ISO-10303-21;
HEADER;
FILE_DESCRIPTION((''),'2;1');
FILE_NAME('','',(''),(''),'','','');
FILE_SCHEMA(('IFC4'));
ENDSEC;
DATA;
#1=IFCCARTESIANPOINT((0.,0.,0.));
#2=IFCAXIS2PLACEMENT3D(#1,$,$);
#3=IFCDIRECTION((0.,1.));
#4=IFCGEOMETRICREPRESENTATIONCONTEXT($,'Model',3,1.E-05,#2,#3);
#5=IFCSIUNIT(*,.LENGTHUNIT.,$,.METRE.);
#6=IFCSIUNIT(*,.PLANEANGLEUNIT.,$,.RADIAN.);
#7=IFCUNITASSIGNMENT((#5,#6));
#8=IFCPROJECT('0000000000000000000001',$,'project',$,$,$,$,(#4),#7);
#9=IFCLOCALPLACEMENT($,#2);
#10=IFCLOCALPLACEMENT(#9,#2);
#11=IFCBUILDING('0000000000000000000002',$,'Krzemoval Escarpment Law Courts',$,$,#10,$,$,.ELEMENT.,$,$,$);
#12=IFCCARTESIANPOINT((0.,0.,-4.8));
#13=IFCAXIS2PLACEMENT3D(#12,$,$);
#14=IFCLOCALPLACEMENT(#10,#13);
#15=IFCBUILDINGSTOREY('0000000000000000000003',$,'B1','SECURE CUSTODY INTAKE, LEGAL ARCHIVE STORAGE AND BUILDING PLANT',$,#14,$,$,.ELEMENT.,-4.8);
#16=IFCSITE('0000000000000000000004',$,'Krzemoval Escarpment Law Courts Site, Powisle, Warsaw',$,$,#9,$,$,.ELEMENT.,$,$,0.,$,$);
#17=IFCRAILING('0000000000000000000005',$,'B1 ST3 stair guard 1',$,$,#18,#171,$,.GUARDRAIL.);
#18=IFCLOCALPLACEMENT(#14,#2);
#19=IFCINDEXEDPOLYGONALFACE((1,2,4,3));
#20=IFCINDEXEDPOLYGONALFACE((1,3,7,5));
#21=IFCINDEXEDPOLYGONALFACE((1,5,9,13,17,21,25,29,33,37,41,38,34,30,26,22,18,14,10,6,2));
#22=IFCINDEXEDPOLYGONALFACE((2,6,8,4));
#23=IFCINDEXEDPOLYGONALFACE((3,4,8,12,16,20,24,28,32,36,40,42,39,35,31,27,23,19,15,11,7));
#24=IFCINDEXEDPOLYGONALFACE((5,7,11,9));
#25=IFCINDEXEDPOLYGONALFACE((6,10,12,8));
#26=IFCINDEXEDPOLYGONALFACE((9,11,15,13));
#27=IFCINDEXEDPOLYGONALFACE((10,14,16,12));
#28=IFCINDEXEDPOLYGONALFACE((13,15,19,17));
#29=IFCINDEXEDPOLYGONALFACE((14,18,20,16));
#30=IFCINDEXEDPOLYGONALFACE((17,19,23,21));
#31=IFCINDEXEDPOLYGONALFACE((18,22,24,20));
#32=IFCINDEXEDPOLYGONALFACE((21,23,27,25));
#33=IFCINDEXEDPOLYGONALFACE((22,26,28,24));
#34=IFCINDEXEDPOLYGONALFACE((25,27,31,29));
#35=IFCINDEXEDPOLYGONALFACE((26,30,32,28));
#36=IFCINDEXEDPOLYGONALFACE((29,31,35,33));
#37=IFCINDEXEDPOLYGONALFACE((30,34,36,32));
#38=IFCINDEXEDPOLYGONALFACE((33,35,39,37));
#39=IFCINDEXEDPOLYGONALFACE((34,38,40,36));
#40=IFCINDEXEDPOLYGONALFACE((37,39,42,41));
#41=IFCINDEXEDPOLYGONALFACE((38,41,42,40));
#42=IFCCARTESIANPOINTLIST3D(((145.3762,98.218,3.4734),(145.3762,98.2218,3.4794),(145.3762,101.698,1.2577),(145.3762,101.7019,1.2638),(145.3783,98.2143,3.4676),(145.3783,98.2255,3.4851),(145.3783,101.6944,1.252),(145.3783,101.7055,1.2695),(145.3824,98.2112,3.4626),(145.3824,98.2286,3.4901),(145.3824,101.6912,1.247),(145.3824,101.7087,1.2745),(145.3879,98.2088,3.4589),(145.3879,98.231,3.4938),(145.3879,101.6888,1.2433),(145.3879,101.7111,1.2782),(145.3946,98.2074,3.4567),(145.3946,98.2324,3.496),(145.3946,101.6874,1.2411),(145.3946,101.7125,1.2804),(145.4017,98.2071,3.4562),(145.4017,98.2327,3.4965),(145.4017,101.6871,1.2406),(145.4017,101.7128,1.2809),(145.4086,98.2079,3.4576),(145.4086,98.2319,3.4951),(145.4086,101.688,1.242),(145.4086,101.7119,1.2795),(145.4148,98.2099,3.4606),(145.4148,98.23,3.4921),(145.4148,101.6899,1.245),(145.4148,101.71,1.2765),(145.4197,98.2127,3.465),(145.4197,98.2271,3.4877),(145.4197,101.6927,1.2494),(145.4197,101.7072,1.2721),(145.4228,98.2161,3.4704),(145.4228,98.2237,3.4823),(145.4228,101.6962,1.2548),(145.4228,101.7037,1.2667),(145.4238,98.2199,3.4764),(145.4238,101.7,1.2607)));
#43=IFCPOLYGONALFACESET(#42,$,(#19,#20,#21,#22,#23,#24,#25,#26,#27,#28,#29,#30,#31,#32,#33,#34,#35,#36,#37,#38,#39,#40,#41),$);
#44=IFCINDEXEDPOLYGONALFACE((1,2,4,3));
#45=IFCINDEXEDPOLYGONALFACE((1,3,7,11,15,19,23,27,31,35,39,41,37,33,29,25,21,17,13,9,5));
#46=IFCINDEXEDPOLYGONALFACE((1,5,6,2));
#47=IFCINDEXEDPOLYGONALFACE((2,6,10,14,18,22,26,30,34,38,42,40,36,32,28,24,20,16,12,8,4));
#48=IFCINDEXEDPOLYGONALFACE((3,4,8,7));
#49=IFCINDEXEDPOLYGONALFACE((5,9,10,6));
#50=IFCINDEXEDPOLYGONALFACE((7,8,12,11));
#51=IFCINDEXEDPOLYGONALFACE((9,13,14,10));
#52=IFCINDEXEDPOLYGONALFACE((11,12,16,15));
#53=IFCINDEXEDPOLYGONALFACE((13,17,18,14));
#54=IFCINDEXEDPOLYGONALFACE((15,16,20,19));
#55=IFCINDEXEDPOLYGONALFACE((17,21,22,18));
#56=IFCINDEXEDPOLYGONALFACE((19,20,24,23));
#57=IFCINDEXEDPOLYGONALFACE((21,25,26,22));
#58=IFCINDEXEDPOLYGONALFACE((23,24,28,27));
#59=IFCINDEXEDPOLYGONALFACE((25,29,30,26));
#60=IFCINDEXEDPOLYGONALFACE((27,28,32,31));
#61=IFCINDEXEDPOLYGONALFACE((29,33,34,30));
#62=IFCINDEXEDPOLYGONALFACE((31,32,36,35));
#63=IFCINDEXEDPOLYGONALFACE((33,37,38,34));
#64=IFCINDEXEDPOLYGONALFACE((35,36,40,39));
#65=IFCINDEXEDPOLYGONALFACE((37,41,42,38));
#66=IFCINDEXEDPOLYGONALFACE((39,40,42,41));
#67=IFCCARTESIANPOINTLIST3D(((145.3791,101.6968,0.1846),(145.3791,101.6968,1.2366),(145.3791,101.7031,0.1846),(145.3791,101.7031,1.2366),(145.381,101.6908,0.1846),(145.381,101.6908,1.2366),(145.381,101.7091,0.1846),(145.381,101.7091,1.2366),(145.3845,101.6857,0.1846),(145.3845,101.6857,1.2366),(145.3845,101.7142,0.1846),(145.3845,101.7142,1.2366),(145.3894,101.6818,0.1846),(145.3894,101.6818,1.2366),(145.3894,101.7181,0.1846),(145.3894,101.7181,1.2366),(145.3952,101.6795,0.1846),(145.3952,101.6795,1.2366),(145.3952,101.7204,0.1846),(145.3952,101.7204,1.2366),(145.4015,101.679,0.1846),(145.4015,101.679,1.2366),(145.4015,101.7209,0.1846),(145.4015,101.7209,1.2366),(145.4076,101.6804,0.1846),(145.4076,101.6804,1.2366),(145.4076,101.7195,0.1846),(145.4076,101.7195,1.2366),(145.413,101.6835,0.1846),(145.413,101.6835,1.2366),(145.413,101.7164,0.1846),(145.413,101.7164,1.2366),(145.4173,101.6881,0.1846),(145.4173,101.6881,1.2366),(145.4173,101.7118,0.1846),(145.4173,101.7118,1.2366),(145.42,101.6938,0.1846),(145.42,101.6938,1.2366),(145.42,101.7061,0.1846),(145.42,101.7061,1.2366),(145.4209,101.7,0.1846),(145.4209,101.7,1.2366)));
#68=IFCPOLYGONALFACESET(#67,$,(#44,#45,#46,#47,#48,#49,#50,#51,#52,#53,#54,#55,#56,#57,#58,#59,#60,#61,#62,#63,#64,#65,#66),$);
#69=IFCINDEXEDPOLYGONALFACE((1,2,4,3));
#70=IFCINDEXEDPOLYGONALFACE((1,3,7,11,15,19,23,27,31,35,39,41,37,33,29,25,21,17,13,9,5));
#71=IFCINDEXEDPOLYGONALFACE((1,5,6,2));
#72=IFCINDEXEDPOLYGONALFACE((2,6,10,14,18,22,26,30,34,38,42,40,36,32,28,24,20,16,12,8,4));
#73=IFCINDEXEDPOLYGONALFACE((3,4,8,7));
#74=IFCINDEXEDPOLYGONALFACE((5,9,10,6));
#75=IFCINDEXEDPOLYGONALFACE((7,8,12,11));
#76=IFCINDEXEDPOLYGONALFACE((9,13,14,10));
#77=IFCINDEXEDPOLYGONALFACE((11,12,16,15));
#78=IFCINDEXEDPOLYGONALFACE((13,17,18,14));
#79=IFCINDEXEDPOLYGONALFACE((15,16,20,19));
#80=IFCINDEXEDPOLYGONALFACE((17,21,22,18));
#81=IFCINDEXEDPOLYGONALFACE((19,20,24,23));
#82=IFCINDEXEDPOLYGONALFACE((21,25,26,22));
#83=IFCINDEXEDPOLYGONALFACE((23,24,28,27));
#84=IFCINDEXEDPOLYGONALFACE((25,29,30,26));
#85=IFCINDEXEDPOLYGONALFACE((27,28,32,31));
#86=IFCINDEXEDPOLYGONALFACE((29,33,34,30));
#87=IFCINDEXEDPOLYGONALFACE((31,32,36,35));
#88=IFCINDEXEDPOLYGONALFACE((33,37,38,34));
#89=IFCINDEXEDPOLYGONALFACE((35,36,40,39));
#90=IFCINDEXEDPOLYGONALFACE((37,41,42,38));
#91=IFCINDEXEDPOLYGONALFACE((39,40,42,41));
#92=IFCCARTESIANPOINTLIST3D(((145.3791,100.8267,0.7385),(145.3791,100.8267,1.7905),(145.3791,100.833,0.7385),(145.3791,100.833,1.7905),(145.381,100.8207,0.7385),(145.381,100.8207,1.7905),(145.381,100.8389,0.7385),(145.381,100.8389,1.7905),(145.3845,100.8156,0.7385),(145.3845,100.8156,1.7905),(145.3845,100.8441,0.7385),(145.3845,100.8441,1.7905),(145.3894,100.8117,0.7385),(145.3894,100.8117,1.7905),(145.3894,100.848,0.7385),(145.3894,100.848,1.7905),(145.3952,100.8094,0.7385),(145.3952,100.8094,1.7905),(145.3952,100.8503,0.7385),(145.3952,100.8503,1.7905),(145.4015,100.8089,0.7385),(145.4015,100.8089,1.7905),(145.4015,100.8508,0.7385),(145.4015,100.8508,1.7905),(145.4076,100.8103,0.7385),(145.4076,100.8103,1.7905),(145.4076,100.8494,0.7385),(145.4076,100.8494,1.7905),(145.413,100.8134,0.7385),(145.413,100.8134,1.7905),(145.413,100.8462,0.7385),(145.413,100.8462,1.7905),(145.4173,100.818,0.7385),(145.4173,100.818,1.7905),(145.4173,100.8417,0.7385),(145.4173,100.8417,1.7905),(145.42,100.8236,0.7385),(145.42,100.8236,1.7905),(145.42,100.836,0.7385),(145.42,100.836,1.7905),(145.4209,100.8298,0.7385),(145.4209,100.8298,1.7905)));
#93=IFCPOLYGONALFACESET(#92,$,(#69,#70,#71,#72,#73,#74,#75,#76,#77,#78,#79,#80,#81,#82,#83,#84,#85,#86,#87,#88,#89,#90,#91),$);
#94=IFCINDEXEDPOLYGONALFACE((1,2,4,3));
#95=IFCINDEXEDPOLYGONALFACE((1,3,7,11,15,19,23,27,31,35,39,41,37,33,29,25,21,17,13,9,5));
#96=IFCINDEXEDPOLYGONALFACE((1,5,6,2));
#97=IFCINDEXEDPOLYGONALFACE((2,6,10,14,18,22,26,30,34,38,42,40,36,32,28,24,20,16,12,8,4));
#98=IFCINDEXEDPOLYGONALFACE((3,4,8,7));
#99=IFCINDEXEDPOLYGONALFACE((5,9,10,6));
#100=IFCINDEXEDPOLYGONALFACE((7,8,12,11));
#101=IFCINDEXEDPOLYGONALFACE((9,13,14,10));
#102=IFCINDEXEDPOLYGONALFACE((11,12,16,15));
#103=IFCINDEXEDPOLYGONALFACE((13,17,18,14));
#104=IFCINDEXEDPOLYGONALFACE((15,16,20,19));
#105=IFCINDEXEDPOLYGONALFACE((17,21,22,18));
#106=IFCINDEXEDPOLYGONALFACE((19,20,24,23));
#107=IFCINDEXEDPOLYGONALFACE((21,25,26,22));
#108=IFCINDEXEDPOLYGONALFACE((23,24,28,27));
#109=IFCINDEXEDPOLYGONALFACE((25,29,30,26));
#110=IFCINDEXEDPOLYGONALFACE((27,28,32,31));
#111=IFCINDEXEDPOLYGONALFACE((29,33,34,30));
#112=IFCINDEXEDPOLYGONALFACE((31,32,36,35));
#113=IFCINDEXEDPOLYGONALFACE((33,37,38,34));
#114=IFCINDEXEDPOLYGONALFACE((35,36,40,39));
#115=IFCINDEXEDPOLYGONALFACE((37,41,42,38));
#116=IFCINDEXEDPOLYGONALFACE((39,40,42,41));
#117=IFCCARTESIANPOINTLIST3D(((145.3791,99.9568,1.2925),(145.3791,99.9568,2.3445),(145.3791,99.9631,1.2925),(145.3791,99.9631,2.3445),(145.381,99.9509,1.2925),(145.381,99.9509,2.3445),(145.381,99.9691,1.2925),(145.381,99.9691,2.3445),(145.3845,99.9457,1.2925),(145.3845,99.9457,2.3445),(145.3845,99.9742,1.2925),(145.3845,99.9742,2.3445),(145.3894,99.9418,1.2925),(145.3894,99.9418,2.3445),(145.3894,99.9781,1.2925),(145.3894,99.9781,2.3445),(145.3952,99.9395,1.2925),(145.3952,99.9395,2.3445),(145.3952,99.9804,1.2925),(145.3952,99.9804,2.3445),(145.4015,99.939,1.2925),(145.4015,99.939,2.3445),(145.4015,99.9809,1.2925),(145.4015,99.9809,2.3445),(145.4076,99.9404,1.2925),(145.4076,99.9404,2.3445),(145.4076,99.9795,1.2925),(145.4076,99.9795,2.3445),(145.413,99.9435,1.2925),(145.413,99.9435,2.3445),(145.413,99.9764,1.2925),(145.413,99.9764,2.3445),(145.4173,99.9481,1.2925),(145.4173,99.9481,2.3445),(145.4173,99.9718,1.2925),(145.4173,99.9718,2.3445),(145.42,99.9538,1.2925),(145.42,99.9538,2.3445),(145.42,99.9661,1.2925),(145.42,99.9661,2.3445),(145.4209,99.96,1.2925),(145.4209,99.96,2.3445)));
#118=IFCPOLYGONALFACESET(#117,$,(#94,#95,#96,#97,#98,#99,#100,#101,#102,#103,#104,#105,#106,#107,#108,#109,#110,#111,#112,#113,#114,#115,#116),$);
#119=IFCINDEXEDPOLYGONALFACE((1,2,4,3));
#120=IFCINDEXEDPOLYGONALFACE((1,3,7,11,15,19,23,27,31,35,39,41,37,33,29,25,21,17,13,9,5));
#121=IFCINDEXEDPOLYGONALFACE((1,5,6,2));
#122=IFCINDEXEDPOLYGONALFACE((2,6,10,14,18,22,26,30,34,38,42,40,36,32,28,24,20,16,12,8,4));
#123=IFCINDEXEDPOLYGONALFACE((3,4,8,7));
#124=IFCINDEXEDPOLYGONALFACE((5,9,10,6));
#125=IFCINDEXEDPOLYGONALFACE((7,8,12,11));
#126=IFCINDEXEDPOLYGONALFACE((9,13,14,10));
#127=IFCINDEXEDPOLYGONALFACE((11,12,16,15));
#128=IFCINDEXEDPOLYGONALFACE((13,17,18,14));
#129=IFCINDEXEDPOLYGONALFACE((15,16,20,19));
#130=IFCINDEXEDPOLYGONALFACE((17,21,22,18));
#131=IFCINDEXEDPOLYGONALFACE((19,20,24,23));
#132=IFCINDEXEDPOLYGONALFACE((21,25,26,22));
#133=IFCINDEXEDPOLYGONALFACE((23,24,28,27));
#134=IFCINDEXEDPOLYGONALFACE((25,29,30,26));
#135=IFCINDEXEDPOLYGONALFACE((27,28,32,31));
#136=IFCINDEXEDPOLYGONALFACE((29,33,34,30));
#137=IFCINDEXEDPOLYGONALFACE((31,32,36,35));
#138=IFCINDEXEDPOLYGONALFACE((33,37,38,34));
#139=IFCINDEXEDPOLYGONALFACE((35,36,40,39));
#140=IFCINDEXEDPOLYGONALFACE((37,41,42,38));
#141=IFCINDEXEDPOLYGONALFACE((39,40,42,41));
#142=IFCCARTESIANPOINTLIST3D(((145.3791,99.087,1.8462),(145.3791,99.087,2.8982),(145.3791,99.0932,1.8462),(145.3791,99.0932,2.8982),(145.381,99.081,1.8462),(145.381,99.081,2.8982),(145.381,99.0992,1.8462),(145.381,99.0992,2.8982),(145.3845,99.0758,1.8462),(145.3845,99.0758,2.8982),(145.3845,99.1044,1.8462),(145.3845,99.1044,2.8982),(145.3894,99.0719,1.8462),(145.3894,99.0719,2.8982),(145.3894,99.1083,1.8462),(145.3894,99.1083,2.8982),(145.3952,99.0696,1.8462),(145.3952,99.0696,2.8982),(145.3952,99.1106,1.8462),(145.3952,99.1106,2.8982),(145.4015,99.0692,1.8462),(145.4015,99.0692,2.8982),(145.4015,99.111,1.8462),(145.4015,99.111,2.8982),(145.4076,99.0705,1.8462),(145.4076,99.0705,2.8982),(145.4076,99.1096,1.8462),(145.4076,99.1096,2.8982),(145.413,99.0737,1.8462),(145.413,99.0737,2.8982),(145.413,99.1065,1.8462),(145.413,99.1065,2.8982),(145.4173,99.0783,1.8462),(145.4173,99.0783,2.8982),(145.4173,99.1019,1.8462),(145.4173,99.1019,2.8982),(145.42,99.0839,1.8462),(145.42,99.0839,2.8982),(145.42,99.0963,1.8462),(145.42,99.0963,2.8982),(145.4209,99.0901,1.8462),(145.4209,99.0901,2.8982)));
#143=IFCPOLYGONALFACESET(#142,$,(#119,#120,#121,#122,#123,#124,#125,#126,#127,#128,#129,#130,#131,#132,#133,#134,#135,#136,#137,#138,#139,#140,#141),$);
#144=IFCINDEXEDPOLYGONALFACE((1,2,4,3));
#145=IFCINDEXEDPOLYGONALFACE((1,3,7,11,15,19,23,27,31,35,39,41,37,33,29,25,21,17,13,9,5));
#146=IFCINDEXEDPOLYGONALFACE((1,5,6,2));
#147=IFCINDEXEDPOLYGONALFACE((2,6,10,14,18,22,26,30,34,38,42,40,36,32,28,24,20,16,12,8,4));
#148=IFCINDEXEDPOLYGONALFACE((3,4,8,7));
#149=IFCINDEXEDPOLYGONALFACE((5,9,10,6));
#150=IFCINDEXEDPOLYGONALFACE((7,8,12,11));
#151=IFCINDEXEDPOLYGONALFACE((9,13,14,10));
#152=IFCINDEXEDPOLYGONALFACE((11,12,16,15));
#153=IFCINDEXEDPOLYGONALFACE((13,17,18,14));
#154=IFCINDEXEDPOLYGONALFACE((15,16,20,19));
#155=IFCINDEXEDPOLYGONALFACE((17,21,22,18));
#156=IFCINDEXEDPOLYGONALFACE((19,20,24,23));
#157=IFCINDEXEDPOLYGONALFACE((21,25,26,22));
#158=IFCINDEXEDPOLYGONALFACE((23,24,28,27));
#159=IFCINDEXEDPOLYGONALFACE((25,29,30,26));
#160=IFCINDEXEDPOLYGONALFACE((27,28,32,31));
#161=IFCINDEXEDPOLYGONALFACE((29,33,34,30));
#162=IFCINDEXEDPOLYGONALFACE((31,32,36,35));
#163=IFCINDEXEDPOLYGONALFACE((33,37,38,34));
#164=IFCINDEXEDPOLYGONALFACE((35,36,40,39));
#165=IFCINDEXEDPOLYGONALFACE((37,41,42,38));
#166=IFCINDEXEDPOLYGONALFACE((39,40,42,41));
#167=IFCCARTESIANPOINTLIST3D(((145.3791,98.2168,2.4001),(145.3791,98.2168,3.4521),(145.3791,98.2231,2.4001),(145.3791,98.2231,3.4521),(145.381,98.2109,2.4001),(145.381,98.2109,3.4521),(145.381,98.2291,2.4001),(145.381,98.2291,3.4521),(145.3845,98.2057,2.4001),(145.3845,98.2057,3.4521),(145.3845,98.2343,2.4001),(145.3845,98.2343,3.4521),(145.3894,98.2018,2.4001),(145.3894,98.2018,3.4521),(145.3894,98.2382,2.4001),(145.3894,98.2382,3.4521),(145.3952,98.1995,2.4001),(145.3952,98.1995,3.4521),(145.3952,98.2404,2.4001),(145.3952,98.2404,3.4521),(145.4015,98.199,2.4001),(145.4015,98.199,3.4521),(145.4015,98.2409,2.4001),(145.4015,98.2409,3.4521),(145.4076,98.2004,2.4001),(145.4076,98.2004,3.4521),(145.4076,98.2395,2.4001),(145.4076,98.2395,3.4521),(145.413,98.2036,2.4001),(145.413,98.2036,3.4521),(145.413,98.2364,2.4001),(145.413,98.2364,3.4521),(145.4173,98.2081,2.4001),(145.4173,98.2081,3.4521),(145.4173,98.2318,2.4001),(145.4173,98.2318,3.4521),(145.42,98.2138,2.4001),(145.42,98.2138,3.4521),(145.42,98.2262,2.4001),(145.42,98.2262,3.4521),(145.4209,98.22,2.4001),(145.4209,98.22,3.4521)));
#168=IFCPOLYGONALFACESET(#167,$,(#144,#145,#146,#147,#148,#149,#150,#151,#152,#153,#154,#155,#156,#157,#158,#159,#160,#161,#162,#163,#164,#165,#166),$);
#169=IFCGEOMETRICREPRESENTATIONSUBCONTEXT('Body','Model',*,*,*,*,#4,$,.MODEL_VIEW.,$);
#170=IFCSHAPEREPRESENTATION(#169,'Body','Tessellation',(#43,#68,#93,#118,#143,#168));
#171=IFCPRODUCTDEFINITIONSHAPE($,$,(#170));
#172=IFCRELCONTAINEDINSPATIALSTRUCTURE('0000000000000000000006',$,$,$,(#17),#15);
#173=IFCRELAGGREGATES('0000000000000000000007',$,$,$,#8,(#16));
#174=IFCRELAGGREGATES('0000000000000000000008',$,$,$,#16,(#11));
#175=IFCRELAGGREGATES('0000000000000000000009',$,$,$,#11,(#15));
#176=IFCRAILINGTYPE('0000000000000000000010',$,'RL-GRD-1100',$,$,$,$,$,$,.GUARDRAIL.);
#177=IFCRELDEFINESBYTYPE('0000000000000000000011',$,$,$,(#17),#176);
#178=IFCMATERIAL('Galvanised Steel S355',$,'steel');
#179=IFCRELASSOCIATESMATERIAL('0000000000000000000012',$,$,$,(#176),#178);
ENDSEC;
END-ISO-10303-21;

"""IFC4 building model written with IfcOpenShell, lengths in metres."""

from ifc_helpers import new_model, si_unit, direction, frame, origin, origin_2d, place, context, subcontext, project, spatial, circle, extrude, material, type_object, element, save


model = new_model("IFC4")

# Units and contexts
model_context = context("Model", 3, precision=1e-05, world=origin(), true_north=direction((0.0, 1.0)))
body_context = subcontext(model_context, "Body", "Model", "MODEL_VIEW")
ifc_project = project(units=[si_unit("LENGTHUNIT", "METRE"), si_unit("PLANEANGLEUNIT", "RADIAN")], contexts=[model_context])

# Site, building, storey
site_placement = place(None, origin())
site = spatial("IfcSite", under=ifc_project, at=site_placement, Name="Krzemoval Escarpment Law Courts Site, Powisle, Warsaw", CompositionType="ELEMENT", RefElevation=0.0)
building_placement = place(site_placement, origin())
building = spatial("IfcBuilding", under=site, at=building_placement, Name="Krzemoval Escarpment Law Courts", CompositionType="ELEMENT")
storey_placement = place(building_placement, frame((0.0, 0.0, -4.8)))
storey = spatial("IfcBuildingStorey", under=building, at=storey_placement, Name="B1", Description="SECURE CUSTODY INTAKE, LEGAL ARCHIVE STORAGE AND BUILDING PLANT", CompositionType="ELEMENT", Elevation=-4.8)

# Railing
ifc_material_1 = material(Name="Galvanised Steel S355", Category="steel")
railing_type_1 = type_object("IfcRailingType", Name="RL-GRD-1100", PredefinedType="GUARDRAIL", material=ifc_material_1)
railing_1_placement = place(storey_placement, frame((145.3999, 101.7, 0.1846)))
element("IfcRailing", 1, at=railing_1_placement, inside=storey, type_object=railing_type_1, Name="B1 ST3 stair guard 1", PredefinedType="GUARDRAIL", context=body_context, shape_type="SweptSolid", body=[
    extrude(circle(Radius=0.0239, at=origin_2d()), frame((0.0, 0.0, 1.0762), z_axis=(0.0, -0.843547, 0.537055), x_axis=(1.0, 0.0, 0.0)), (0.0, 0.0, 1.0), 4.1255),
    extrude(circle(Radius=0.021, at=origin_2d()), origin(), (0.0, 0.0, 1.0), 1.052),
    extrude(circle(Radius=0.021, at=origin_2d()), frame((0.0, -0.8701, 0.554)), (0.0, 0.0, 1.0), 1.052),
    extrude(circle(Radius=0.021, at=origin_2d()), frame((0.0, -1.74, 1.1079)), (0.0, 0.0, 1.0), 1.052),
    extrude(circle(Radius=0.021, at=origin_2d()), frame((0.0, -2.6099, 1.6616)), (0.0, 0.0, 1.0), 1.052),
    extrude(circle(Radius=0.021, at=origin_2d()), frame((0.0, -3.48, 2.2156)), (0.0, 0.0, 1.0), 1.052),
])

save(model, "model.ifc")
